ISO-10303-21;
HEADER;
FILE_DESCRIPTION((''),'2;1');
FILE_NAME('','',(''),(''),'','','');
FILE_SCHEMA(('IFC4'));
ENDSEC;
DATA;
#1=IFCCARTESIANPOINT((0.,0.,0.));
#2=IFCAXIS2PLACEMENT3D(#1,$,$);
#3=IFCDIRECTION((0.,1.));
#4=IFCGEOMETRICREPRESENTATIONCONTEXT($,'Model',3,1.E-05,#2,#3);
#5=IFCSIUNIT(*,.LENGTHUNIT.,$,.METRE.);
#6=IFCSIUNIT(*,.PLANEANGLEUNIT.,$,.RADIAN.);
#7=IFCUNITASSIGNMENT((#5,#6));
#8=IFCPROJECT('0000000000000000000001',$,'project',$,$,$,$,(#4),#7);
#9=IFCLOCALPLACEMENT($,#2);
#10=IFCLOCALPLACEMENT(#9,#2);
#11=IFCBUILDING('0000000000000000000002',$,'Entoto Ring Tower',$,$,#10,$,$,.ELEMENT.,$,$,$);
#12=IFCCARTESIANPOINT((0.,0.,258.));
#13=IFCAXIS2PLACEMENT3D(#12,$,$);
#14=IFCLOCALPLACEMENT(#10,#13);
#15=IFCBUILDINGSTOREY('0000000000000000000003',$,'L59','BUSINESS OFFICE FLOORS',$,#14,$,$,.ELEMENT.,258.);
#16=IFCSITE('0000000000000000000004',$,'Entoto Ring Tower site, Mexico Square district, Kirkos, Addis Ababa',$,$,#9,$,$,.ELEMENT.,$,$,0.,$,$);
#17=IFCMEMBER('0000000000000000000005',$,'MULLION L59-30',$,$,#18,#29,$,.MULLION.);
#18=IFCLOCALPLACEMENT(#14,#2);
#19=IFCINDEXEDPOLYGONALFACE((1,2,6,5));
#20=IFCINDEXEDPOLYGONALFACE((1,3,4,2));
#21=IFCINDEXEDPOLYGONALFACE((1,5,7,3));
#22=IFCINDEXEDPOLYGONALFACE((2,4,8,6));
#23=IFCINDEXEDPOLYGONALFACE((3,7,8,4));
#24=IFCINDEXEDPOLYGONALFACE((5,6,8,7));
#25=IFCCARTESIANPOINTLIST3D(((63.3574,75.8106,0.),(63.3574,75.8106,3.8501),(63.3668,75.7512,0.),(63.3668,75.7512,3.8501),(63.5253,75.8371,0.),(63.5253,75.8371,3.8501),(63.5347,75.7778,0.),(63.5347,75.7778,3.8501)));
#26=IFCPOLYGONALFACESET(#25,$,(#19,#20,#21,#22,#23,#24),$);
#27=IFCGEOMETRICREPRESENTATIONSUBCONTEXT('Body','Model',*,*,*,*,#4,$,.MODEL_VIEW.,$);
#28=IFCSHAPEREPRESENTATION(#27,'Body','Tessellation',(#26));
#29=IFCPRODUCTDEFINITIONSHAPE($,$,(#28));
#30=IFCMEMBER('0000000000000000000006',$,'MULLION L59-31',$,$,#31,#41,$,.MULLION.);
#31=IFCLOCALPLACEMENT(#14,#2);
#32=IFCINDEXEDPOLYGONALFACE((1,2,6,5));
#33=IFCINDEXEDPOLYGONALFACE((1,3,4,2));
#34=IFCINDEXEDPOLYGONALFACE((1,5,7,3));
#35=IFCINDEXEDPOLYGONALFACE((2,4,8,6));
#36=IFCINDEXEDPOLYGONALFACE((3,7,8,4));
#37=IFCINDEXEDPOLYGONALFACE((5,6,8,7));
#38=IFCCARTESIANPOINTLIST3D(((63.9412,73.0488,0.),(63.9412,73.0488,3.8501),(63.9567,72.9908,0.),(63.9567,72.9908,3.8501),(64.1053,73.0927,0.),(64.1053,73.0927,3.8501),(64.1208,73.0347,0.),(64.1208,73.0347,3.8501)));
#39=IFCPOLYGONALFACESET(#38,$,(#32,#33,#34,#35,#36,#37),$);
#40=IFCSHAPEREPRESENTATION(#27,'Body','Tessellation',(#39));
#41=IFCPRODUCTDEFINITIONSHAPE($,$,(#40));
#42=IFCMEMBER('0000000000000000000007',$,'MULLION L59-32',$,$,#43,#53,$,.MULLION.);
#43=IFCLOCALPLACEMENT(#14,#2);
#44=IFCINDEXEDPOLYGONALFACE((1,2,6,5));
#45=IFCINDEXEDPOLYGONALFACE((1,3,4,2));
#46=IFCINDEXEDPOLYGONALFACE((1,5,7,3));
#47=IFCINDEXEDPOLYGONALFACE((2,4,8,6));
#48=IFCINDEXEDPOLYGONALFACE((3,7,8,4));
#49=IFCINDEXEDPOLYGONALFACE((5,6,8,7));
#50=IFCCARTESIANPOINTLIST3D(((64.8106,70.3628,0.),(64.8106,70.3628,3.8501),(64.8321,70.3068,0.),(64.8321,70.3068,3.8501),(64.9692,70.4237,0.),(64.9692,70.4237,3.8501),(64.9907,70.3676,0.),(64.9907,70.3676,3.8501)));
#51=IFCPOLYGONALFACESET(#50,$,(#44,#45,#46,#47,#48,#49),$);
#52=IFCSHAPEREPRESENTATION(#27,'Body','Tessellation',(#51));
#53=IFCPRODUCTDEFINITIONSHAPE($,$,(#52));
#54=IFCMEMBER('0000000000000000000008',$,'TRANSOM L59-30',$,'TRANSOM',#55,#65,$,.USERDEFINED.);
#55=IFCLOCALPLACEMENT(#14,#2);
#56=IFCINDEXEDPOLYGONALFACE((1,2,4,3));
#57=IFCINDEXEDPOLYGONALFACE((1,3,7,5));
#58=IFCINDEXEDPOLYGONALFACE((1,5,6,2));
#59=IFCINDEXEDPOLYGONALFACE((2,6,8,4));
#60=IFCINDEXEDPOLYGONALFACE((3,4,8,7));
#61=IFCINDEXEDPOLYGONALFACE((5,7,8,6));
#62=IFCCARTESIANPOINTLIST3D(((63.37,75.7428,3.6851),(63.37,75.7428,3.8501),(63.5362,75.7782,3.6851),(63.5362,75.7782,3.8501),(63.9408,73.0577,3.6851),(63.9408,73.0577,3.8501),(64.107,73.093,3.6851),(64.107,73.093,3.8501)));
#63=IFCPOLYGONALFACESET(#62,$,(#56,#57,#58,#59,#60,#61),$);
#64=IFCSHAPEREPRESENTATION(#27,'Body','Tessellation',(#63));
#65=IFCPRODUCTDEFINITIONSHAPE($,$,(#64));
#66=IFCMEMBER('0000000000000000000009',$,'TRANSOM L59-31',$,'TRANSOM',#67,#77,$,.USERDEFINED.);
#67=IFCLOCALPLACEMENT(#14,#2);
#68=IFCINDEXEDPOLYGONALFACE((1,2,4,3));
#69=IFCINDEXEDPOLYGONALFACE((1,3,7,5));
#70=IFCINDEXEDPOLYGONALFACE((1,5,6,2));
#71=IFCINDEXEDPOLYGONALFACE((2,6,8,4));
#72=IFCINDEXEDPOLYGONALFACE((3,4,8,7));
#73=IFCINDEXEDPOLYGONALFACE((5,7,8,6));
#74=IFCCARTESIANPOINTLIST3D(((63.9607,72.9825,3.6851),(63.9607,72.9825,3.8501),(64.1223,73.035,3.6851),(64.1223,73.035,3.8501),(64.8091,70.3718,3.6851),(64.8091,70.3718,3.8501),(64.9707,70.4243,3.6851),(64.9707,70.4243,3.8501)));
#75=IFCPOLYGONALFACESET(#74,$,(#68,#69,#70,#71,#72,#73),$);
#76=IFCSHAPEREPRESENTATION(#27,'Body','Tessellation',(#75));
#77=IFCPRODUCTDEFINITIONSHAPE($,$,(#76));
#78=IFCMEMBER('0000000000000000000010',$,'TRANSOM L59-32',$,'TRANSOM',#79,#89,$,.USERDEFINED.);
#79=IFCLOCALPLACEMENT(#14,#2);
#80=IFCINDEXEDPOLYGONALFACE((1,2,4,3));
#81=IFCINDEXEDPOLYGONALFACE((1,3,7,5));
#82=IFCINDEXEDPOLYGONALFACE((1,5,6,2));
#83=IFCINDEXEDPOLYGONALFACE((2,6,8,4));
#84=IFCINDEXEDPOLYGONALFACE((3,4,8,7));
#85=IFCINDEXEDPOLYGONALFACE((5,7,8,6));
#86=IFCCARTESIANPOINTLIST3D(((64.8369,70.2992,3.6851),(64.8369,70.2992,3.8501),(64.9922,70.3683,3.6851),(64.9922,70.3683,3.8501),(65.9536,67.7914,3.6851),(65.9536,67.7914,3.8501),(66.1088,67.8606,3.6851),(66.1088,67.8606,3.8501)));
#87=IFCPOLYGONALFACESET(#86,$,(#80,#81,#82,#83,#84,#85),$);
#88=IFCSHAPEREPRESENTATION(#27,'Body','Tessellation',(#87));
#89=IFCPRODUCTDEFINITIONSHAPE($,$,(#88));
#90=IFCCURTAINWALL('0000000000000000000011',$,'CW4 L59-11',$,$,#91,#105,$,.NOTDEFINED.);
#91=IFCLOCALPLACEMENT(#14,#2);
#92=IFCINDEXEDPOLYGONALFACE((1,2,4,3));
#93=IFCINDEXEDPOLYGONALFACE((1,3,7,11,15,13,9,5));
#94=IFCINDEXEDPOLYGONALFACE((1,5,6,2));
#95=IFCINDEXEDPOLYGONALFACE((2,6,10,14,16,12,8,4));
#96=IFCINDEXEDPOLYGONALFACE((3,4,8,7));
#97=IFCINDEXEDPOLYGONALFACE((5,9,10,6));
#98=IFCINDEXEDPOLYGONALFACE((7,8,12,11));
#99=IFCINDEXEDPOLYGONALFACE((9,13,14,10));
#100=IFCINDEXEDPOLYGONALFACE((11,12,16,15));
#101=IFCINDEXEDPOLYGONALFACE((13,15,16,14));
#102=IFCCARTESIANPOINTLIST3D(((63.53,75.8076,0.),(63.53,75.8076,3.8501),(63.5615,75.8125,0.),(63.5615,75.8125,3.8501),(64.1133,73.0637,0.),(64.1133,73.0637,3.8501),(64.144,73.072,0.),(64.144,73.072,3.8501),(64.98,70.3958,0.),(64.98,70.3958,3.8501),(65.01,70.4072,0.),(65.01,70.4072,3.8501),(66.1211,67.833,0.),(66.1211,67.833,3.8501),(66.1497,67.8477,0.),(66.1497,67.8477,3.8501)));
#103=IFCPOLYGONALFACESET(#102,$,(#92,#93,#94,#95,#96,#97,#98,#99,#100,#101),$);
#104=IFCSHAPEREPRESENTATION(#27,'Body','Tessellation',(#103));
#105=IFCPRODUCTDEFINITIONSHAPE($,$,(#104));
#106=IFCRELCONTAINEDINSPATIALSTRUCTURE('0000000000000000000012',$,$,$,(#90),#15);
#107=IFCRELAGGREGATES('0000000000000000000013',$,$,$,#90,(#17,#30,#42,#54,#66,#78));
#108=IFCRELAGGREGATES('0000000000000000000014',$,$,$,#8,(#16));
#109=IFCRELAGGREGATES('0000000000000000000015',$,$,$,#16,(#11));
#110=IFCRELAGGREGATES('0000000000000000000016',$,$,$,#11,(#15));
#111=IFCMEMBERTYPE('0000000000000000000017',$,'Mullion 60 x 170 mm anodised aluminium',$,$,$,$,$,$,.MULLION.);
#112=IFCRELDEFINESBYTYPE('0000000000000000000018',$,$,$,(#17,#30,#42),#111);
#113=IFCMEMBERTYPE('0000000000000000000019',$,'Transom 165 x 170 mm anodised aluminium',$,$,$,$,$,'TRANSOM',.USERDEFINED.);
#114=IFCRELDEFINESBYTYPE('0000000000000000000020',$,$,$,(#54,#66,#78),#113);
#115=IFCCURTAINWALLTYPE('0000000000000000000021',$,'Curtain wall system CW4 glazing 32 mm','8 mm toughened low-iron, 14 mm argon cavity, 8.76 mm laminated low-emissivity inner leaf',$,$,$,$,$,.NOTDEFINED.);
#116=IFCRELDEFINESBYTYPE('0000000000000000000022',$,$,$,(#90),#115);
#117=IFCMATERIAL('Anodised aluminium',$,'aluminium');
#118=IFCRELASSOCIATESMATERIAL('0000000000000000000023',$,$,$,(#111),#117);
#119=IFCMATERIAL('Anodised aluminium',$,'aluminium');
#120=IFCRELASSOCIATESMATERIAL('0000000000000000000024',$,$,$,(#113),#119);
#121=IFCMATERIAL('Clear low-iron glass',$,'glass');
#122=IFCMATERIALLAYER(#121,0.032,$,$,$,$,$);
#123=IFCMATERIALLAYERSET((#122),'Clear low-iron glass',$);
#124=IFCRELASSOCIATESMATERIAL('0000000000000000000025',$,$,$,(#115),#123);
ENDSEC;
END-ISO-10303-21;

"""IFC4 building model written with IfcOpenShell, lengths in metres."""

from ifc_helpers import new_model, si_unit, direction, frame, origin, origin_2d, place, context, subcontext, project, spatial, polyline, rectangle, outline, extrude, material, layer, layer_set, material_profile, profile_set, type_object, element, aggregate, save


model = new_model("IFC4")

# Units and contexts
model_context = context("Model", 3, precision=1e-05, world=origin(), true_north=direction((0.0, 1.0)))
body_context = subcontext(model_context, "Body", "Model", "MODEL_VIEW")
ifc_project = project(units=[si_unit("LENGTHUNIT", "METRE"), si_unit("PLANEANGLEUNIT", "RADIAN")], contexts=[model_context])

# Members
ifc_material_1 = material(Name="Anodised aluminium", Category="aluminium")
ifc_material_profile_1 = material_profile(ifc_material_1, rectangle(XDim=0.0601, YDim=0.1699, at=origin_2d()), Name="Mullion 60 x 170 mm anodised aluminium")
ifc_profile_set_1 = profile_set([ifc_material_profile_1], Name="Anodised aluminium")
member_type_1 = type_object("IfcMemberType", Name="Mullion 60 x 170 mm anodised aluminium", PredefinedType="MULLION", material=ifc_profile_set_1)
site_placement = place(None, origin())
building_placement = place(site_placement, origin())
storey_placement = place(building_placement, frame((0.0, 0.0, 258.0)))
member_1_placement = place(storey_placement, frame((63.446, 75.7942, 0.0), z_axis=(0.0, 0.0, 1.0), x_axis=(0.156434, -0.987688, 0.0)))
member_1 = element("IfcMember", 1, at=member_1_placement, type_object=member_type_1, Name="MULLION L59-30", PredefinedType="MULLION", context=body_context, shape_type="SweptSolid", body=[
    extrude(rectangle(XDim=0.0601, YDim=0.1699, at=origin_2d()), origin(), (0.0, 0.0, 1.0), 3.8501),
])
member_2_placement = place(storey_placement, frame((64.031, 73.0417, 0.0), z_axis=(0.0, 0.0, 1.0), x_axis=(0.258819, -0.965926, 0.0)))
member_2 = element("IfcMember", 2, at=member_2_placement, type_object=member_type_1, Name="MULLION L59-31", PredefinedType="MULLION", context=body_context, shape_type="SweptSolid", body=[
    extrude(rectangle(XDim=0.0601, YDim=0.1699, at=origin_2d()), origin(), (0.0, 0.0, 1.0), 3.8501),
])
member_3_placement = place(storey_placement, frame((64.9006, 70.3652, 0.0), z_axis=(0.0, 0.0, 1.0), x_axis=(0.358368, -0.93358, 0.0)))
member_3 = element("IfcMember", 3, at=member_3_placement, type_object=member_type_1, Name="MULLION L59-32", PredefinedType="MULLION", context=body_context, shape_type="SweptSolid", body=[
    extrude(rectangle(XDim=0.0601, YDim=0.1699, at=origin_2d()), origin(), (0.0, 0.0, 1.0), 3.8501),
])
ifc_material_2 = material(Name="Anodised aluminium", Category="aluminium")
ifc_material_profile_2 = material_profile(ifc_material_2, rectangle(XDim=0.1699, YDim=0.165, at=origin_2d()), Name="Transom 165 x 170 mm anodised aluminium")
ifc_profile_set_2 = profile_set([ifc_material_profile_2], Name="Anodised aluminium")
member_type_2 = type_object("IfcMemberType", Name="Transom 165 x 170 mm anodised aluminium", ElementType="TRANSOM", PredefinedType="USERDEFINED", material=ifc_profile_set_2)
member_4_placement = place(storey_placement, frame((63.4531, 75.7605, 3.7676), z_axis=(0.207937, -0.978142, 0.0), x_axis=(0.978142, 0.207937, 0.0)))
member_4 = element("IfcMember", 4, at=member_4_placement, type_object=member_type_2, Name="TRANSOM L59-30", ObjectType="TRANSOM", PredefinedType="USERDEFINED", context=body_context, shape_type="SweptSolid", body=[
    extrude(rectangle(XDim=0.1699, YDim=0.165, at=origin_2d()), origin(), (0.0, 0.0, 1.0), 2.7451),
])
member_5_placement = place(storey_placement, frame((64.0415, 73.0088, 3.7676), z_axis=(0.309042, -0.951048, 0.0), x_axis=(0.951048, 0.309042, 0.0)))
member_5 = element("IfcMember", 5, at=member_5_placement, type_object=member_type_2, Name="TRANSOM L59-31", ObjectType="TRANSOM", PredefinedType="USERDEFINED", context=body_context, shape_type="SweptSolid", body=[
    extrude(rectangle(XDim=0.1699, YDim=0.165, at=origin_2d()), origin(), (0.0, 0.0, 1.0), 2.7451),
])
member_6_placement = place(storey_placement, frame((64.9146, 70.3337, 3.7676), z_axis=(0.406782, -0.913525, 0.0), x_axis=(0.913525, 0.406782, 0.0)))
member_6 = element("IfcMember", 6, at=member_6_placement, type_object=member_type_2, Name="TRANSOM L59-32", ObjectType="TRANSOM", PredefinedType="USERDEFINED", context=body_context, shape_type="SweptSolid", body=[
    extrude(rectangle(XDim=0.1699, YDim=0.165, at=origin_2d()), origin(), (0.0, 0.0, 1.0), 2.7451),
])

# Site, building, storey
site = spatial("IfcSite", under=ifc_project, at=site_placement, Name="Entoto Ring Tower site, Mexico Square district, Kirkos, Addis Ababa", CompositionType="ELEMENT", RefElevation=0.0)
building = spatial("IfcBuilding", under=site, at=building_placement, Name="Entoto Ring Tower", CompositionType="ELEMENT")
storey = spatial("IfcBuildingStorey", under=building, at=storey_placement, Name="L59", Description="BUSINESS OFFICE FLOORS", CompositionType="ELEMENT", Elevation=258.0)

# Curtain wall
ifc_material_3 = material(Name="Clear low-iron glass", Category="glass")
ifc_layer = layer(ifc_material_3, 0.032)
ifc_layer_set = layer_set([ifc_layer], Name="Clear low-iron glass")
curtain_wall_type = type_object("IfcCurtainWallType", Name="Curtain wall system CW4 glazing 32 mm", Description="8 mm toughened low-iron, 14 mm argon cavity, 8.76 mm laminated low-emissivity inner leaf", PredefinedType="NOTDEFINED", material=ifc_layer_set)
curtain_wall_1_placement = place(storey_placement, origin())
curtain_wall_1 = element("IfcCurtainWall", 7, at=curtain_wall_1_placement, inside=storey, type_object=curtain_wall_type, Name="CW4 L59-11", PredefinedType="NOTDEFINED", context=body_context, shape_type="SweptSolid", body=[
    extrude(outline(polyline([(63.53, 75.8076), (64.1133, 73.0637), (64.98, 70.3958), (66.1211, 67.833), (66.1497, 67.8477), (65.01, 70.4072), (64.144, 73.072), (63.5615, 75.8125), (63.53, 75.8076)])), origin(), (0.0, 0.0, 1.0), 3.8501),
])
aggregate(curtain_wall_1, [member_1, member_2, member_3, member_4, member_5, member_6])

save(model, "model.ifc")
